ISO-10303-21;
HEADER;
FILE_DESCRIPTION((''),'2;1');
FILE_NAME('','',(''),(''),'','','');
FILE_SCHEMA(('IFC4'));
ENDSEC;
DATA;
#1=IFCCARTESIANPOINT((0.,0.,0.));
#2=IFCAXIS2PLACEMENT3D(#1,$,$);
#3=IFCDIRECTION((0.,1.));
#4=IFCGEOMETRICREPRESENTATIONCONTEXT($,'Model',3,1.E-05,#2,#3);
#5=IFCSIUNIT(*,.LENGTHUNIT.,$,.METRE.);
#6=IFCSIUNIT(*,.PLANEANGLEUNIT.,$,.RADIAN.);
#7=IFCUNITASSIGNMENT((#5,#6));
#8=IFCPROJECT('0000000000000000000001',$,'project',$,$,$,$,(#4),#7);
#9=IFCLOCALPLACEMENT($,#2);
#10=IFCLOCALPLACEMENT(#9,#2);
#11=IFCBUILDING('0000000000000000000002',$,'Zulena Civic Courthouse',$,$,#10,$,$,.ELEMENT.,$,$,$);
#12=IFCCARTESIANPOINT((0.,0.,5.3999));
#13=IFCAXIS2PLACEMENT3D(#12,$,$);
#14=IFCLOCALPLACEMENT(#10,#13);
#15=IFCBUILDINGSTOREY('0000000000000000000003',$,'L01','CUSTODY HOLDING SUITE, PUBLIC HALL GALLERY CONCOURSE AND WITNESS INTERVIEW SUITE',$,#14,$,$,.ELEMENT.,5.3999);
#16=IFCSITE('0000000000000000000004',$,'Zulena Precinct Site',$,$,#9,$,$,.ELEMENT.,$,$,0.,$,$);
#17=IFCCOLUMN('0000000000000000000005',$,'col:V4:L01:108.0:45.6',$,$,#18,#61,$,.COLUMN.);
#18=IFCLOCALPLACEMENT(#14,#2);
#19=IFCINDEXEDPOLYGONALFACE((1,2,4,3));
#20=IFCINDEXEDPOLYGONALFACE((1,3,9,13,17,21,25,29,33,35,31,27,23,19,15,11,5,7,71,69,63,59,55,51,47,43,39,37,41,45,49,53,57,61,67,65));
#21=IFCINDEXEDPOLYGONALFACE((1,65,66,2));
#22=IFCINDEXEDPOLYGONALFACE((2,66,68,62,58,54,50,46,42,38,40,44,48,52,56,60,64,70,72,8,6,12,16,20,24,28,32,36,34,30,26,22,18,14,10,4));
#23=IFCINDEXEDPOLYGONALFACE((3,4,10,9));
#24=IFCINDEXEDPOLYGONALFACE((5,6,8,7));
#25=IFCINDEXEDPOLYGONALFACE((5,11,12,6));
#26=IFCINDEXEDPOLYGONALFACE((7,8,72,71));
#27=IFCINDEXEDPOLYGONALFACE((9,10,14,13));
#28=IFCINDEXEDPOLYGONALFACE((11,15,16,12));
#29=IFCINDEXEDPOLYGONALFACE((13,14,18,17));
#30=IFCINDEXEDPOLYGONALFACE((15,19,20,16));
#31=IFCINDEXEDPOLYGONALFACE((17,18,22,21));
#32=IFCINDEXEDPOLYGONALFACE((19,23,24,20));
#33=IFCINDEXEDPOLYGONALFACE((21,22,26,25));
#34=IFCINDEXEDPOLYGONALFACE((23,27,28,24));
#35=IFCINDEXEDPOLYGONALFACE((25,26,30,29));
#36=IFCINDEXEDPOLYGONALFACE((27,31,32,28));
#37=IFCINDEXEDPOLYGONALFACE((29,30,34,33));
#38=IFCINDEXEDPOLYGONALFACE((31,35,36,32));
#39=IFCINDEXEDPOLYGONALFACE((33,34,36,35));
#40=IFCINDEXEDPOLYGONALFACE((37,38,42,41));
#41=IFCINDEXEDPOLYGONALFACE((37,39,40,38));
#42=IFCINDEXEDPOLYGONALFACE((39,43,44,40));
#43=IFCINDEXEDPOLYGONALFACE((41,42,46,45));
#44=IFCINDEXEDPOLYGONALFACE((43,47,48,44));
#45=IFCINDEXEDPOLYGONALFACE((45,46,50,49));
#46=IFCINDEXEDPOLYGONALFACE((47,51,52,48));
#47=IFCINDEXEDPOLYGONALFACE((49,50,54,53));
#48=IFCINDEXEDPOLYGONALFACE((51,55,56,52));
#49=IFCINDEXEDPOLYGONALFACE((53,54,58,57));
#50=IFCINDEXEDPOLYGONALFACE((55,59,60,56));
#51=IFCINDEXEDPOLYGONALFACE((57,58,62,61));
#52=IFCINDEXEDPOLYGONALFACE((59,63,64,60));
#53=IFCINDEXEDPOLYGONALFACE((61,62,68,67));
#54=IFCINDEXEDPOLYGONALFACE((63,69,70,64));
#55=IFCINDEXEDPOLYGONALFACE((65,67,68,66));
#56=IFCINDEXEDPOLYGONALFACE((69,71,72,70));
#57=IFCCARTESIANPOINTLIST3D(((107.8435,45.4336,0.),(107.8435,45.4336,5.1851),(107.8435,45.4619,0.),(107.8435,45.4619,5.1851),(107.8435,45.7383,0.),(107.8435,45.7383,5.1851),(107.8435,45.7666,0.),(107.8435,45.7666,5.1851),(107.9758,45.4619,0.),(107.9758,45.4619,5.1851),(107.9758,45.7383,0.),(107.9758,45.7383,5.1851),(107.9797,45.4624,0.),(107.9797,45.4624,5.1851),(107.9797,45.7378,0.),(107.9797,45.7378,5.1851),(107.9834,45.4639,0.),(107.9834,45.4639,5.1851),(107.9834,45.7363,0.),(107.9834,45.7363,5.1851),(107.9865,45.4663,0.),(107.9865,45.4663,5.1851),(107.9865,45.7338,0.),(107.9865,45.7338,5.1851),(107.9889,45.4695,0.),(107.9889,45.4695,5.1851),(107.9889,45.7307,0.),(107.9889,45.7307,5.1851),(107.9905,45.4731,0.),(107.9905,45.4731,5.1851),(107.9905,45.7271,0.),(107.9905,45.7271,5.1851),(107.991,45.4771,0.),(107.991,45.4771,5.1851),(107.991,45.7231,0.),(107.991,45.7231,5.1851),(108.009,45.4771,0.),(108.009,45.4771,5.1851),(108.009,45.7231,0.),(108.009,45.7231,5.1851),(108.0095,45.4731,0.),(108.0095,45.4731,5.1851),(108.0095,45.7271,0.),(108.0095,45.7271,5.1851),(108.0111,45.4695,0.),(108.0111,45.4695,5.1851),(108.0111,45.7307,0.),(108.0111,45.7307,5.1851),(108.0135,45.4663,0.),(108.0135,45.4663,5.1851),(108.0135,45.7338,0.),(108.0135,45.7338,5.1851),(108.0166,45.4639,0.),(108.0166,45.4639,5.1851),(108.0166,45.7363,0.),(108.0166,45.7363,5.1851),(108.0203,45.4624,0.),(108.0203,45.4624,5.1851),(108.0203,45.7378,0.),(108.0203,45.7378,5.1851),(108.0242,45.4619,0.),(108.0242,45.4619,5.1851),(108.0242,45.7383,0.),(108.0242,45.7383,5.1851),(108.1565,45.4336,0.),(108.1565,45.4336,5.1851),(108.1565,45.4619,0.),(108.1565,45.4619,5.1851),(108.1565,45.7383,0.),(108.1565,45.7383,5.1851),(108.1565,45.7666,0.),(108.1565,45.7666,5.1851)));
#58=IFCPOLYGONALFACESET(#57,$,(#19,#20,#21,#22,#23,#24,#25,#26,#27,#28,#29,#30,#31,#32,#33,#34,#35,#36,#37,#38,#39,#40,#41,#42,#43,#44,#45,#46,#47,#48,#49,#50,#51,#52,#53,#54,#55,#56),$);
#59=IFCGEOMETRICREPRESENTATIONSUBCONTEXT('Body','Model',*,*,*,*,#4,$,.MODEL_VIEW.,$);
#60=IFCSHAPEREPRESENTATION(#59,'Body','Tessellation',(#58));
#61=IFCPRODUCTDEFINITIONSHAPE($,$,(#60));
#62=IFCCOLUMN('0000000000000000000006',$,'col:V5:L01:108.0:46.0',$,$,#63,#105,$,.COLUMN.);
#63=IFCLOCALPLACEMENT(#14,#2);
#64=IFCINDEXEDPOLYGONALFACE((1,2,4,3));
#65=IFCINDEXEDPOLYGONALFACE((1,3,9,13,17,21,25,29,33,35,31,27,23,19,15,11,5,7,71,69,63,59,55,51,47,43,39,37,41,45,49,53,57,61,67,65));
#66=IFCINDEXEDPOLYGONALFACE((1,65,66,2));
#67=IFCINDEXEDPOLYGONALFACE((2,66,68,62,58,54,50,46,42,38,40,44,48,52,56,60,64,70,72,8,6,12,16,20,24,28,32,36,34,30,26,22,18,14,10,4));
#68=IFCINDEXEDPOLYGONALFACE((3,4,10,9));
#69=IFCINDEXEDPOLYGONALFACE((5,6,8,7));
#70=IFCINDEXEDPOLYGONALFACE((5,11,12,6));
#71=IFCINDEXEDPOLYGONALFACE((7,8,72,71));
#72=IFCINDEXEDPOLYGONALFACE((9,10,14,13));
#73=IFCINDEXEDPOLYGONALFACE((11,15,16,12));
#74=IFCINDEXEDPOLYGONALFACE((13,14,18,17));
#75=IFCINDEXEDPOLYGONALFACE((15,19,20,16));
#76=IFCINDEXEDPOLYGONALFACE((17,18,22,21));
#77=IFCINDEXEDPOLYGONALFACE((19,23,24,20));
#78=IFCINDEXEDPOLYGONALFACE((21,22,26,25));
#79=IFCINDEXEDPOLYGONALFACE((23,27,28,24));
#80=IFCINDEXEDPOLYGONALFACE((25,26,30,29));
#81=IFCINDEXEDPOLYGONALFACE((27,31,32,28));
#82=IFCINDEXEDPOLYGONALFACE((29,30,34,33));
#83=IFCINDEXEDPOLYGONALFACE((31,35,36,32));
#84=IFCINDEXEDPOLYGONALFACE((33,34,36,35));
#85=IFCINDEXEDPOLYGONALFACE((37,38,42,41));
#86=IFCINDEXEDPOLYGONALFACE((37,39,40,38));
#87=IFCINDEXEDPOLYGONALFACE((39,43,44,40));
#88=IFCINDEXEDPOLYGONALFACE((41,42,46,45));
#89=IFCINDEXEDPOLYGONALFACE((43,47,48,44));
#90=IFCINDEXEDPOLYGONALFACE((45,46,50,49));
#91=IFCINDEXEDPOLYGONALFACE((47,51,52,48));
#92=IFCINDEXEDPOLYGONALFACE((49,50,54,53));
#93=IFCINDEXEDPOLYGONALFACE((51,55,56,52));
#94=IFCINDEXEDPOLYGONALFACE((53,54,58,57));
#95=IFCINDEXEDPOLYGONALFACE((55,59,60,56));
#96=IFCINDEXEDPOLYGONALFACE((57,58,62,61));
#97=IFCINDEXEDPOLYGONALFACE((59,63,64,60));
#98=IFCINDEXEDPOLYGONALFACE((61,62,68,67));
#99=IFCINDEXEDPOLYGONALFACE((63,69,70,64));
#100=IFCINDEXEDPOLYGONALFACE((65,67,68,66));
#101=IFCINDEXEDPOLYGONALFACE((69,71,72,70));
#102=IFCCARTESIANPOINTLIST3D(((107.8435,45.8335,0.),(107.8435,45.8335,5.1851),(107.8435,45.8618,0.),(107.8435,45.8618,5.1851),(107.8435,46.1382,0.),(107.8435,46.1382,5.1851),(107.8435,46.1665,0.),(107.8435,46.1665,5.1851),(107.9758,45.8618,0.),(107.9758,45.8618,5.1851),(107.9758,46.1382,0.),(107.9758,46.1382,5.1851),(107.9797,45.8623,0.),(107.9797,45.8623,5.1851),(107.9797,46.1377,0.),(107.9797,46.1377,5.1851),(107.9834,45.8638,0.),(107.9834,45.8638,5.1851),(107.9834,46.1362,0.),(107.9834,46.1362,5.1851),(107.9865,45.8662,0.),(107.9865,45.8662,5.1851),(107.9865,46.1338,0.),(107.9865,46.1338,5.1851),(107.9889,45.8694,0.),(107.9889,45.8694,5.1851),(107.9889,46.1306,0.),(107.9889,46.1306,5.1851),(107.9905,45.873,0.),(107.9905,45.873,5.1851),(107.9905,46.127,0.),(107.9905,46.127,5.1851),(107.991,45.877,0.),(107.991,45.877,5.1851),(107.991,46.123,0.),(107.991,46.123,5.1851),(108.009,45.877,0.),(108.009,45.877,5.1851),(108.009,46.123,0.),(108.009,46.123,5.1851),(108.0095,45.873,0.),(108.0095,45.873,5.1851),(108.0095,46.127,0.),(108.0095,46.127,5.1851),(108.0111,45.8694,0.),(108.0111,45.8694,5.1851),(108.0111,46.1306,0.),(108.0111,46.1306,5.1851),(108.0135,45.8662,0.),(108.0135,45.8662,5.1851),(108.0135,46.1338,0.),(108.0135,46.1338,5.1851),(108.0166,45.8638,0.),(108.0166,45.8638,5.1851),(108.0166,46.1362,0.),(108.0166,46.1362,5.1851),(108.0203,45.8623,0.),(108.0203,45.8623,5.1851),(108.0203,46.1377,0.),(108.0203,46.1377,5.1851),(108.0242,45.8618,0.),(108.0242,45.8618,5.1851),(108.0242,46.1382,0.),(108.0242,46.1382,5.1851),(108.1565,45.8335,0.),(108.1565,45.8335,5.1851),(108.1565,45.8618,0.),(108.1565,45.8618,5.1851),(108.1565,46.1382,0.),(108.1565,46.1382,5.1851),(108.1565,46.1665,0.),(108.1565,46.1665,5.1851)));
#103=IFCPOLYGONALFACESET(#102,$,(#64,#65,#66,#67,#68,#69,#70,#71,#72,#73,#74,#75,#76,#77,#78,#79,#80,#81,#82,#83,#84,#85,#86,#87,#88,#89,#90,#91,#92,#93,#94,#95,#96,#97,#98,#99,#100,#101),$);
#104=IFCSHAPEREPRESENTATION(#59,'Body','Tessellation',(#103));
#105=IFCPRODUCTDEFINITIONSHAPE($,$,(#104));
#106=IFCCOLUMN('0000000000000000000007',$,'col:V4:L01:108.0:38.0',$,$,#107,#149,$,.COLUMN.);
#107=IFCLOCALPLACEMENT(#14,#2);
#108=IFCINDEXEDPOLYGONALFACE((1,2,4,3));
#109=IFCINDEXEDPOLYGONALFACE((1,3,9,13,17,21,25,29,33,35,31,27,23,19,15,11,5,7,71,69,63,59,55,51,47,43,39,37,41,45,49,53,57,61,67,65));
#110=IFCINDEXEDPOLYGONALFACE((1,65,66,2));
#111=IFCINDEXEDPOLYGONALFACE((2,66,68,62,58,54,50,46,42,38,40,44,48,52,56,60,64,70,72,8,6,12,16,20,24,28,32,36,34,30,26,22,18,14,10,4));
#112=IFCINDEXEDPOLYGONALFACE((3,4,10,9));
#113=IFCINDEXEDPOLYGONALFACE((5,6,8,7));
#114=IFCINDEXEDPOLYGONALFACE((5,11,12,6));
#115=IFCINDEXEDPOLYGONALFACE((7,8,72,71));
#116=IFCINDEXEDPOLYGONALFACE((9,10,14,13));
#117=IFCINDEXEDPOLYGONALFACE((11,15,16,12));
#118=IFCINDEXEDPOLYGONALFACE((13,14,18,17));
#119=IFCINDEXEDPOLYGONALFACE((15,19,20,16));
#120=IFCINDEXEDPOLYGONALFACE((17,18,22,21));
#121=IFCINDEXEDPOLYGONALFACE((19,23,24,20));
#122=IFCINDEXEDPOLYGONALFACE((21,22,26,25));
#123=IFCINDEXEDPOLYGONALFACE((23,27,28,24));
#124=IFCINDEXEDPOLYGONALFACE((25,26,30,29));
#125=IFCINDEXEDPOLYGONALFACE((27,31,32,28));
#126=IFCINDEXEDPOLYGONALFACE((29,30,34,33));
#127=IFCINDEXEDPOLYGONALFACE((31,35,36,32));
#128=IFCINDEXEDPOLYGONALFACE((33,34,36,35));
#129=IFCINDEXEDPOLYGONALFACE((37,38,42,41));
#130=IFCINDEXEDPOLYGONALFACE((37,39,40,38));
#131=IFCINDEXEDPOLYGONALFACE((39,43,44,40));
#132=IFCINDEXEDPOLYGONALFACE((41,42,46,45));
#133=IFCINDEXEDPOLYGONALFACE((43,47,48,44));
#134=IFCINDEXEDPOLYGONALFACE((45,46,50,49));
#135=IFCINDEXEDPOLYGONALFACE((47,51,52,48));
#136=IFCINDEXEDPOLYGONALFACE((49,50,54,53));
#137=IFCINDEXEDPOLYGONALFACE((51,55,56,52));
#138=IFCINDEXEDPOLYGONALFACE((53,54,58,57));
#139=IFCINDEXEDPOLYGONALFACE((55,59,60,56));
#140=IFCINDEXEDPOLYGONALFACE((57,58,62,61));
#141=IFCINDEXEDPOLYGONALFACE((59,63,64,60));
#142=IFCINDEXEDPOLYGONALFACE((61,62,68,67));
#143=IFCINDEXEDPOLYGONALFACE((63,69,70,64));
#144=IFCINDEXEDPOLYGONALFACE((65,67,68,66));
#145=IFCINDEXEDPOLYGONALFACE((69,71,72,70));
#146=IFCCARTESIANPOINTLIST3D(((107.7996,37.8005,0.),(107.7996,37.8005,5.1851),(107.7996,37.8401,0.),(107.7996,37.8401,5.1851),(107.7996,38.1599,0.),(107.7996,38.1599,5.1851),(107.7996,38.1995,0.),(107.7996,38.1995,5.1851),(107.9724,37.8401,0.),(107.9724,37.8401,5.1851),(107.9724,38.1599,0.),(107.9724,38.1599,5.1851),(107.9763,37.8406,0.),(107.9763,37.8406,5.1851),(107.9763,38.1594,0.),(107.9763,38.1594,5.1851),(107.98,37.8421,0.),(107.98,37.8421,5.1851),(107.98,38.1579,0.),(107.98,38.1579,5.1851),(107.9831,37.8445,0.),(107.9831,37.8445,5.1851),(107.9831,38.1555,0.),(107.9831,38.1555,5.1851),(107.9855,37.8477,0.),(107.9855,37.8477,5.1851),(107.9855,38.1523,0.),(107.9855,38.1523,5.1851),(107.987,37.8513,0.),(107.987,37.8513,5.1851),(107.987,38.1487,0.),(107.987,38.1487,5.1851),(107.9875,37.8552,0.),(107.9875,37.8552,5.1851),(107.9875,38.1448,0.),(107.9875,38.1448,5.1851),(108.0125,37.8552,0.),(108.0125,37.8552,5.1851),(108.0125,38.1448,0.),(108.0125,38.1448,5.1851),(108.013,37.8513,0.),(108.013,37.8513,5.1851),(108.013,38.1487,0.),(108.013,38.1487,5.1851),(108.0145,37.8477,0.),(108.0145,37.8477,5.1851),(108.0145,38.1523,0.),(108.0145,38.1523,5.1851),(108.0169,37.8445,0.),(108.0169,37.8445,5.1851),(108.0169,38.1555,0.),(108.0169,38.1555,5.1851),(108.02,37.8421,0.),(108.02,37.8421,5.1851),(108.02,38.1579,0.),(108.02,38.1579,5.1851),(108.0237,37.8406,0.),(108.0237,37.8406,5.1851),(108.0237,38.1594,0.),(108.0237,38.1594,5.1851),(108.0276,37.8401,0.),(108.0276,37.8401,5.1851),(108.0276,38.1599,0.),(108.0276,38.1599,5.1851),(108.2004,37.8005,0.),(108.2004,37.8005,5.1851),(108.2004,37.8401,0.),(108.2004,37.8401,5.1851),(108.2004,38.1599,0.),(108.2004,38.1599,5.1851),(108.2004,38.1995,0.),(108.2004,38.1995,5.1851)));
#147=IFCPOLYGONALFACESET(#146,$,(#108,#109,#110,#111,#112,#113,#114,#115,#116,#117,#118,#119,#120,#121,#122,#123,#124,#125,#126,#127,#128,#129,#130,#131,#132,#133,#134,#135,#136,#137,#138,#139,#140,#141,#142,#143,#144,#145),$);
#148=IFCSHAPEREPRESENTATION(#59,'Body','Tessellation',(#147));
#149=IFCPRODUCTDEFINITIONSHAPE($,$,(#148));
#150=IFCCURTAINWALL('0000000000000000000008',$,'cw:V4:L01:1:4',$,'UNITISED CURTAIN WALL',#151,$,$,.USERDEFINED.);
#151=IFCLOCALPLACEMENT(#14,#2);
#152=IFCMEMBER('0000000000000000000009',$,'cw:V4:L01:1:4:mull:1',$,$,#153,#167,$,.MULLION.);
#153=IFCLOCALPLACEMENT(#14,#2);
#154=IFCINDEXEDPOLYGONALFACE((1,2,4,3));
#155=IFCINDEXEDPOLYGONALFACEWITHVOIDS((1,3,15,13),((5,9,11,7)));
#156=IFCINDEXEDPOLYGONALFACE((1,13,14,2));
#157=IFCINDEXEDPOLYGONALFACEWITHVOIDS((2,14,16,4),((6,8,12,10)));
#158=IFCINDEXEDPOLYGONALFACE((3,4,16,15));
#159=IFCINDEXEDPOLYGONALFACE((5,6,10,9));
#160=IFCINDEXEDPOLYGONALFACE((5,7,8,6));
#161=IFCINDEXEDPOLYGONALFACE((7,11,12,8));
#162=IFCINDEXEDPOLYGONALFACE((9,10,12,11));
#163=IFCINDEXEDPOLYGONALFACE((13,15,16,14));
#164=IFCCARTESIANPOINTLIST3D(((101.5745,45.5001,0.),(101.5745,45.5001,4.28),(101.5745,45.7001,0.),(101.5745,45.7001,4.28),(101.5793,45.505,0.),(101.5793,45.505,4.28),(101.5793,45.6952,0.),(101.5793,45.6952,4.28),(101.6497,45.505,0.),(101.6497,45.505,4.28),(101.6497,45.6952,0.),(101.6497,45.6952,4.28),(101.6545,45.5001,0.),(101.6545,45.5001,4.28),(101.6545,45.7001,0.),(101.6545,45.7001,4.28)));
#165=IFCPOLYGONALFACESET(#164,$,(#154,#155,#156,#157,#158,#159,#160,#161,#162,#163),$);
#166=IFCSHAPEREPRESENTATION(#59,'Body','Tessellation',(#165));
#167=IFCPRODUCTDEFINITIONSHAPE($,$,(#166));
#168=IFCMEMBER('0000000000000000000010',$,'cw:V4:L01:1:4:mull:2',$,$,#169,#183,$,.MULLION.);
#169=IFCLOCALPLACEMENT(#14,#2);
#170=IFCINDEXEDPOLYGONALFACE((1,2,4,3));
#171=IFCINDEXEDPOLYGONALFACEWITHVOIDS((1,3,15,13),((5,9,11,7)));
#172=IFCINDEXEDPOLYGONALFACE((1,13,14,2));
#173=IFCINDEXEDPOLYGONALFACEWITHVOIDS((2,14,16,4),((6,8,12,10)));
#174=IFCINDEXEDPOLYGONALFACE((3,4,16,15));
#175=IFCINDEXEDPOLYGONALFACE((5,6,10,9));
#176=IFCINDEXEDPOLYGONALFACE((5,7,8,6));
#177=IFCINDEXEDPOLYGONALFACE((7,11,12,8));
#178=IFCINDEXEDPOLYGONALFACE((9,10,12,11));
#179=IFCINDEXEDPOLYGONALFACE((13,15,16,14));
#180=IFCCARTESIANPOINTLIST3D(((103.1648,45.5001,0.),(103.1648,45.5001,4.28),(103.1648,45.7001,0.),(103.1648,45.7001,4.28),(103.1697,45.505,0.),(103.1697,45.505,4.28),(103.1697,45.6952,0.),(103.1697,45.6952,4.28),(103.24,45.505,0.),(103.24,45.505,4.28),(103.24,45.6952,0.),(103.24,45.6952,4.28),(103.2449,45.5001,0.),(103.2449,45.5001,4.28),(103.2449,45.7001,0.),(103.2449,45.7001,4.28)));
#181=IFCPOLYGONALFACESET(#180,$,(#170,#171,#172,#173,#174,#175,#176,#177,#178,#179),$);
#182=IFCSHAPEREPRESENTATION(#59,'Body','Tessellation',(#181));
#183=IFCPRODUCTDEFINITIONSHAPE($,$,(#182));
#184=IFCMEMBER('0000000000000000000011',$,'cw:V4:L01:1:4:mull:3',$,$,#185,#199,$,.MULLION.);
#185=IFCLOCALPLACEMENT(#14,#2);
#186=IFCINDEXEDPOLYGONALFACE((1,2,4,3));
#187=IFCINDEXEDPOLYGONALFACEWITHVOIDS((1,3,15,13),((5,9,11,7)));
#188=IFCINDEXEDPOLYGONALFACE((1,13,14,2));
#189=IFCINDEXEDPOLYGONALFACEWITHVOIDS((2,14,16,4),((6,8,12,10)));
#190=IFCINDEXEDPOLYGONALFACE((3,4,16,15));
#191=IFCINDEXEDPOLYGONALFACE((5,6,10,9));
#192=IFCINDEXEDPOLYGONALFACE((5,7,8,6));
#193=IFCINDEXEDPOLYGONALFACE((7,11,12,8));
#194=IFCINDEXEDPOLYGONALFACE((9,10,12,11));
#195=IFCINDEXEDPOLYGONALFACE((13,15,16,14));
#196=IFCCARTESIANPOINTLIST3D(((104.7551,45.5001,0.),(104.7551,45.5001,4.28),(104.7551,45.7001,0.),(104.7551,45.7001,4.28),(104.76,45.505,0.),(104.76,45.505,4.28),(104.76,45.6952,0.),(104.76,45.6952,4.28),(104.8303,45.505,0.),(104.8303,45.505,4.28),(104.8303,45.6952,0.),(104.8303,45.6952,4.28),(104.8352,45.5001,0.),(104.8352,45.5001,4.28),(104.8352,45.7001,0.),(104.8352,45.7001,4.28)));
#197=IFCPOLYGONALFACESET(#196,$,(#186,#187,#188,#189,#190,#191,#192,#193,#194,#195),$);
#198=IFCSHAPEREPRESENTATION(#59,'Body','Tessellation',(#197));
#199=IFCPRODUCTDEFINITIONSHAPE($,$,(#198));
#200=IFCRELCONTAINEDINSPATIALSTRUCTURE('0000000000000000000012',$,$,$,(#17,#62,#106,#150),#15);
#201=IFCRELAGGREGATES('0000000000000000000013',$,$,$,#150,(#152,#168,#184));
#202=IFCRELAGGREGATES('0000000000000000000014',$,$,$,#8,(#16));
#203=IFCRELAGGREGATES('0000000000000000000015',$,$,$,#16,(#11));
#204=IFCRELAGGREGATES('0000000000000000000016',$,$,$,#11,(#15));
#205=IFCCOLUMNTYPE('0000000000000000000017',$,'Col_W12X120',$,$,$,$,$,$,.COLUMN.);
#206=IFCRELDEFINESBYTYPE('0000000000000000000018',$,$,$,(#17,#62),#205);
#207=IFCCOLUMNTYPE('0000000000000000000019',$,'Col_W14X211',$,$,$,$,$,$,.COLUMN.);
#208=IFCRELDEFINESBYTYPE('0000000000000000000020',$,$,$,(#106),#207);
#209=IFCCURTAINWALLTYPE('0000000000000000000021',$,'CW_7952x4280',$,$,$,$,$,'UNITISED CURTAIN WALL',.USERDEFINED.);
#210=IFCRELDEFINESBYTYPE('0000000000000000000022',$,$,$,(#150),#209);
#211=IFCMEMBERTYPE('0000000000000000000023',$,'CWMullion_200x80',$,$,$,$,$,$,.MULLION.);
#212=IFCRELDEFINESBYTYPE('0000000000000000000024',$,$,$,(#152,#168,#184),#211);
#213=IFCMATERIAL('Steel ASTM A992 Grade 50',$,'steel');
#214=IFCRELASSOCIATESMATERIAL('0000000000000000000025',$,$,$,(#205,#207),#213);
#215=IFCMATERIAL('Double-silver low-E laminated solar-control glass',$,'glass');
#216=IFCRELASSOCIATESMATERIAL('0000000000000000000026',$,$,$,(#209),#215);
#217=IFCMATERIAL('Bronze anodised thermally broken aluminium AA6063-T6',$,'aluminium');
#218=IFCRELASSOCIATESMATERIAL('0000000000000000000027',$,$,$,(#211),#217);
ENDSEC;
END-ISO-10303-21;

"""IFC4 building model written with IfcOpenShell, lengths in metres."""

from ifc_helpers import new_model, si_unit, direction, frame, origin, origin_2d, place, context, subcontext, project, spatial, hollow_rectangle, i_section, extrude, material, material_profile, profile_set, type_object, element, aggregate, save


model = new_model("IFC4")

# Units and contexts
model_context = context("Model", 3, precision=1e-05, world=origin(), true_north=direction((0.0, 1.0)))
body_context = subcontext(model_context, "Body", "Model", "MODEL_VIEW")
ifc_project = project(units=[si_unit("LENGTHUNIT", "METRE"), si_unit("PLANEANGLEUNIT", "RADIAN")], contexts=[model_context])

# Site, building, storey
site_placement = place(None, origin())
site = spatial("IfcSite", under=ifc_project, at=site_placement, Name="Zulena Precinct Site", CompositionType="ELEMENT", RefElevation=0.0)
building_placement = place(site_placement, origin())
building = spatial("IfcBuilding", under=site, at=building_placement, Name="Zulena Civic Courthouse", CompositionType="ELEMENT")
storey_placement = place(building_placement, frame((0.0, 0.0, 5.3999)))
storey = spatial("IfcBuildingStorey", under=building, at=storey_placement, Name="L01", Description="CUSTODY HOLDING SUITE, PUBLIC HALL GALLERY CONCOURSE AND WITNESS INTERVIEW SUITE", CompositionType="ELEMENT", Elevation=5.3999)

# Columns
ifc_material_1 = material(Name="Steel ASTM A992 Grade 50", Category="steel")
ifc_material_profile_1 = material_profile(ifc_material_1, i_section(OverallWidth=0.313, OverallDepth=0.333, WebThickness=0.0181, FlangeThickness=0.0283, FilletRadius=0.0151, at=origin_2d()), Name="W12X120")
ifc_profile_set_1 = profile_set([ifc_material_profile_1], Name="Steel ASTM A992 Grade 50")
column_type_1 = type_object("IfcColumnType", Name="Col_W12X120", PredefinedType="COLUMN", material=ifc_profile_set_1)
for number, where, z_axis, x_axis, name in (
    (1, (108.0, 45.6001, 0.0), (0.0, 0.0, 1.0), (1.0, 0.0, 0.0), "col:V4:L01:108.0:45.6"),
    (2, (108.0, 46.0, 0.0), (0.0, 0.0, 1.0), (1.0, 0.0, 0.0), "col:V5:L01:108.0:46.0"),
):
    element("IfcColumn", number, at=place(storey_placement, frame(where, z_axis=z_axis, x_axis=x_axis)), inside=storey, type_object=column_type_1, Name=name, PredefinedType="COLUMN", context=body_context, shape_type="SweptSolid", body=[
        extrude(i_section(OverallWidth=0.313, OverallDepth=0.333, WebThickness=0.0181, FlangeThickness=0.0283, FilletRadius=0.0151, at=origin_2d()), origin(), (0.0, 0.0, 1.0), 5.1851),
    ])
ifc_material_profile_2 = material_profile(ifc_material_1, i_section(OverallWidth=0.4009, OverallDepth=0.3989, WebThickness=0.0249, FlangeThickness=0.0396, FilletRadius=0.0151, at=origin_2d()), Name="W14X211")
ifc_profile_set_2 = profile_set([ifc_material_profile_2], Name="Steel ASTM A992 Grade 50")
column_type_2 = type_object("IfcColumnType", Name="Col_W14X211", PredefinedType="COLUMN", material=ifc_profile_set_2)
column_placement = place(storey_placement, frame((108.0, 38.0, 0.0), z_axis=(0.0, 0.0, 1.0), x_axis=(1.0, 0.0, 0.0)))
element("IfcColumn", 3, at=column_placement, inside=storey, type_object=column_type_2, Name="col:V4:L01:108.0:38.0", PredefinedType="COLUMN", context=body_context, shape_type="SweptSolid", body=[
    extrude(i_section(OverallWidth=0.4009, OverallDepth=0.3989, WebThickness=0.0249, FlangeThickness=0.0396, FilletRadius=0.0151, at=origin_2d()), origin(), (0.0, 0.0, 1.0), 5.1851),
])

# Curtain wall, members
ifc_material_2 = material(Name="Double-silver low-E laminated solar-control glass", Category="glass")
curtain_wall_type = type_object("IfcCurtainWallType", Name="CW_7952x4280", ElementType="UNITISED CURTAIN WALL", PredefinedType="USERDEFINED", material=ifc_material_2)
curtain_wall_1_placement = place(storey_placement, origin())
curtain_wall_1 = element("IfcCurtainWall", 4, at=curtain_wall_1_placement, inside=storey, type_object=curtain_wall_type, Name="cw:V4:L01:1:4", ObjectType="UNITISED CURTAIN WALL", PredefinedType="USERDEFINED")
ifc_material_3 = material(Name="Bronze anodised thermally broken aluminium AA6063-T6", Category="aluminium")
ifc_material_profile_3 = material_profile(ifc_material_3, hollow_rectangle(XDim=0.0801, YDim=0.2, WallThickness=0.0049, at=origin_2d()), Name="CWM200X80X5")
ifc_profile_set_3 = profile_set([ifc_material_profile_3], Name="Bronze anodised thermally broken aluminium AA6063-T6")
member_type_1 = type_object("IfcMemberType", Name="CWMullion_200x80", PredefinedType="MULLION", material=ifc_profile_set_3)
member_1_placement = place(storey_placement, frame((101.6145, 45.6001, 0.0), z_axis=(0.0, 0.0, 1.0), x_axis=(1.0, 0.0, 0.0)))
member_1 = element("IfcMember", 5, at=member_1_placement, type_object=member_type_1, Name="cw:V4:L01:1:4:mull:1", PredefinedType="MULLION", context=body_context, shape_type="SweptSolid", body=[
    extrude(hollow_rectangle(XDim=0.0801, YDim=0.2, WallThickness=0.0049, at=origin_2d()), origin(), (0.0, 0.0, 1.0), 4.28),
])
member_2_placement = place(storey_placement, frame((103.2048, 45.6001, 0.0), z_axis=(0.0, 0.0, 1.0), x_axis=(1.0, 0.0, 0.0)))
member_2 = element("IfcMember", 6, at=member_2_placement, type_object=member_type_1, Name="cw:V4:L01:1:4:mull:2", PredefinedType="MULLION", context=body_context, shape_type="SweptSolid", body=[
    extrude(hollow_rectangle(XDim=0.0801, YDim=0.2, WallThickness=0.0049, at=origin_2d()), origin(), (0.0, 0.0, 1.0), 4.28),
])
member_3_placement = place(storey_placement, frame((104.7952, 45.6001, 0.0), z_axis=(0.0, 0.0, 1.0), x_axis=(1.0, 0.0, 0.0)))
member_3 = element("IfcMember", 7, at=member_3_placement, type_object=member_type_1, Name="cw:V4:L01:1:4:mull:3", PredefinedType="MULLION", context=body_context, shape_type="SweptSolid", body=[
    extrude(hollow_rectangle(XDim=0.0801, YDim=0.2, WallThickness=0.0049, at=origin_2d()), origin(), (0.0, 0.0, 1.0), 4.28),
])

aggregate(curtain_wall_1, [member_1, member_2, member_3])

save(model, "model.ifc")
